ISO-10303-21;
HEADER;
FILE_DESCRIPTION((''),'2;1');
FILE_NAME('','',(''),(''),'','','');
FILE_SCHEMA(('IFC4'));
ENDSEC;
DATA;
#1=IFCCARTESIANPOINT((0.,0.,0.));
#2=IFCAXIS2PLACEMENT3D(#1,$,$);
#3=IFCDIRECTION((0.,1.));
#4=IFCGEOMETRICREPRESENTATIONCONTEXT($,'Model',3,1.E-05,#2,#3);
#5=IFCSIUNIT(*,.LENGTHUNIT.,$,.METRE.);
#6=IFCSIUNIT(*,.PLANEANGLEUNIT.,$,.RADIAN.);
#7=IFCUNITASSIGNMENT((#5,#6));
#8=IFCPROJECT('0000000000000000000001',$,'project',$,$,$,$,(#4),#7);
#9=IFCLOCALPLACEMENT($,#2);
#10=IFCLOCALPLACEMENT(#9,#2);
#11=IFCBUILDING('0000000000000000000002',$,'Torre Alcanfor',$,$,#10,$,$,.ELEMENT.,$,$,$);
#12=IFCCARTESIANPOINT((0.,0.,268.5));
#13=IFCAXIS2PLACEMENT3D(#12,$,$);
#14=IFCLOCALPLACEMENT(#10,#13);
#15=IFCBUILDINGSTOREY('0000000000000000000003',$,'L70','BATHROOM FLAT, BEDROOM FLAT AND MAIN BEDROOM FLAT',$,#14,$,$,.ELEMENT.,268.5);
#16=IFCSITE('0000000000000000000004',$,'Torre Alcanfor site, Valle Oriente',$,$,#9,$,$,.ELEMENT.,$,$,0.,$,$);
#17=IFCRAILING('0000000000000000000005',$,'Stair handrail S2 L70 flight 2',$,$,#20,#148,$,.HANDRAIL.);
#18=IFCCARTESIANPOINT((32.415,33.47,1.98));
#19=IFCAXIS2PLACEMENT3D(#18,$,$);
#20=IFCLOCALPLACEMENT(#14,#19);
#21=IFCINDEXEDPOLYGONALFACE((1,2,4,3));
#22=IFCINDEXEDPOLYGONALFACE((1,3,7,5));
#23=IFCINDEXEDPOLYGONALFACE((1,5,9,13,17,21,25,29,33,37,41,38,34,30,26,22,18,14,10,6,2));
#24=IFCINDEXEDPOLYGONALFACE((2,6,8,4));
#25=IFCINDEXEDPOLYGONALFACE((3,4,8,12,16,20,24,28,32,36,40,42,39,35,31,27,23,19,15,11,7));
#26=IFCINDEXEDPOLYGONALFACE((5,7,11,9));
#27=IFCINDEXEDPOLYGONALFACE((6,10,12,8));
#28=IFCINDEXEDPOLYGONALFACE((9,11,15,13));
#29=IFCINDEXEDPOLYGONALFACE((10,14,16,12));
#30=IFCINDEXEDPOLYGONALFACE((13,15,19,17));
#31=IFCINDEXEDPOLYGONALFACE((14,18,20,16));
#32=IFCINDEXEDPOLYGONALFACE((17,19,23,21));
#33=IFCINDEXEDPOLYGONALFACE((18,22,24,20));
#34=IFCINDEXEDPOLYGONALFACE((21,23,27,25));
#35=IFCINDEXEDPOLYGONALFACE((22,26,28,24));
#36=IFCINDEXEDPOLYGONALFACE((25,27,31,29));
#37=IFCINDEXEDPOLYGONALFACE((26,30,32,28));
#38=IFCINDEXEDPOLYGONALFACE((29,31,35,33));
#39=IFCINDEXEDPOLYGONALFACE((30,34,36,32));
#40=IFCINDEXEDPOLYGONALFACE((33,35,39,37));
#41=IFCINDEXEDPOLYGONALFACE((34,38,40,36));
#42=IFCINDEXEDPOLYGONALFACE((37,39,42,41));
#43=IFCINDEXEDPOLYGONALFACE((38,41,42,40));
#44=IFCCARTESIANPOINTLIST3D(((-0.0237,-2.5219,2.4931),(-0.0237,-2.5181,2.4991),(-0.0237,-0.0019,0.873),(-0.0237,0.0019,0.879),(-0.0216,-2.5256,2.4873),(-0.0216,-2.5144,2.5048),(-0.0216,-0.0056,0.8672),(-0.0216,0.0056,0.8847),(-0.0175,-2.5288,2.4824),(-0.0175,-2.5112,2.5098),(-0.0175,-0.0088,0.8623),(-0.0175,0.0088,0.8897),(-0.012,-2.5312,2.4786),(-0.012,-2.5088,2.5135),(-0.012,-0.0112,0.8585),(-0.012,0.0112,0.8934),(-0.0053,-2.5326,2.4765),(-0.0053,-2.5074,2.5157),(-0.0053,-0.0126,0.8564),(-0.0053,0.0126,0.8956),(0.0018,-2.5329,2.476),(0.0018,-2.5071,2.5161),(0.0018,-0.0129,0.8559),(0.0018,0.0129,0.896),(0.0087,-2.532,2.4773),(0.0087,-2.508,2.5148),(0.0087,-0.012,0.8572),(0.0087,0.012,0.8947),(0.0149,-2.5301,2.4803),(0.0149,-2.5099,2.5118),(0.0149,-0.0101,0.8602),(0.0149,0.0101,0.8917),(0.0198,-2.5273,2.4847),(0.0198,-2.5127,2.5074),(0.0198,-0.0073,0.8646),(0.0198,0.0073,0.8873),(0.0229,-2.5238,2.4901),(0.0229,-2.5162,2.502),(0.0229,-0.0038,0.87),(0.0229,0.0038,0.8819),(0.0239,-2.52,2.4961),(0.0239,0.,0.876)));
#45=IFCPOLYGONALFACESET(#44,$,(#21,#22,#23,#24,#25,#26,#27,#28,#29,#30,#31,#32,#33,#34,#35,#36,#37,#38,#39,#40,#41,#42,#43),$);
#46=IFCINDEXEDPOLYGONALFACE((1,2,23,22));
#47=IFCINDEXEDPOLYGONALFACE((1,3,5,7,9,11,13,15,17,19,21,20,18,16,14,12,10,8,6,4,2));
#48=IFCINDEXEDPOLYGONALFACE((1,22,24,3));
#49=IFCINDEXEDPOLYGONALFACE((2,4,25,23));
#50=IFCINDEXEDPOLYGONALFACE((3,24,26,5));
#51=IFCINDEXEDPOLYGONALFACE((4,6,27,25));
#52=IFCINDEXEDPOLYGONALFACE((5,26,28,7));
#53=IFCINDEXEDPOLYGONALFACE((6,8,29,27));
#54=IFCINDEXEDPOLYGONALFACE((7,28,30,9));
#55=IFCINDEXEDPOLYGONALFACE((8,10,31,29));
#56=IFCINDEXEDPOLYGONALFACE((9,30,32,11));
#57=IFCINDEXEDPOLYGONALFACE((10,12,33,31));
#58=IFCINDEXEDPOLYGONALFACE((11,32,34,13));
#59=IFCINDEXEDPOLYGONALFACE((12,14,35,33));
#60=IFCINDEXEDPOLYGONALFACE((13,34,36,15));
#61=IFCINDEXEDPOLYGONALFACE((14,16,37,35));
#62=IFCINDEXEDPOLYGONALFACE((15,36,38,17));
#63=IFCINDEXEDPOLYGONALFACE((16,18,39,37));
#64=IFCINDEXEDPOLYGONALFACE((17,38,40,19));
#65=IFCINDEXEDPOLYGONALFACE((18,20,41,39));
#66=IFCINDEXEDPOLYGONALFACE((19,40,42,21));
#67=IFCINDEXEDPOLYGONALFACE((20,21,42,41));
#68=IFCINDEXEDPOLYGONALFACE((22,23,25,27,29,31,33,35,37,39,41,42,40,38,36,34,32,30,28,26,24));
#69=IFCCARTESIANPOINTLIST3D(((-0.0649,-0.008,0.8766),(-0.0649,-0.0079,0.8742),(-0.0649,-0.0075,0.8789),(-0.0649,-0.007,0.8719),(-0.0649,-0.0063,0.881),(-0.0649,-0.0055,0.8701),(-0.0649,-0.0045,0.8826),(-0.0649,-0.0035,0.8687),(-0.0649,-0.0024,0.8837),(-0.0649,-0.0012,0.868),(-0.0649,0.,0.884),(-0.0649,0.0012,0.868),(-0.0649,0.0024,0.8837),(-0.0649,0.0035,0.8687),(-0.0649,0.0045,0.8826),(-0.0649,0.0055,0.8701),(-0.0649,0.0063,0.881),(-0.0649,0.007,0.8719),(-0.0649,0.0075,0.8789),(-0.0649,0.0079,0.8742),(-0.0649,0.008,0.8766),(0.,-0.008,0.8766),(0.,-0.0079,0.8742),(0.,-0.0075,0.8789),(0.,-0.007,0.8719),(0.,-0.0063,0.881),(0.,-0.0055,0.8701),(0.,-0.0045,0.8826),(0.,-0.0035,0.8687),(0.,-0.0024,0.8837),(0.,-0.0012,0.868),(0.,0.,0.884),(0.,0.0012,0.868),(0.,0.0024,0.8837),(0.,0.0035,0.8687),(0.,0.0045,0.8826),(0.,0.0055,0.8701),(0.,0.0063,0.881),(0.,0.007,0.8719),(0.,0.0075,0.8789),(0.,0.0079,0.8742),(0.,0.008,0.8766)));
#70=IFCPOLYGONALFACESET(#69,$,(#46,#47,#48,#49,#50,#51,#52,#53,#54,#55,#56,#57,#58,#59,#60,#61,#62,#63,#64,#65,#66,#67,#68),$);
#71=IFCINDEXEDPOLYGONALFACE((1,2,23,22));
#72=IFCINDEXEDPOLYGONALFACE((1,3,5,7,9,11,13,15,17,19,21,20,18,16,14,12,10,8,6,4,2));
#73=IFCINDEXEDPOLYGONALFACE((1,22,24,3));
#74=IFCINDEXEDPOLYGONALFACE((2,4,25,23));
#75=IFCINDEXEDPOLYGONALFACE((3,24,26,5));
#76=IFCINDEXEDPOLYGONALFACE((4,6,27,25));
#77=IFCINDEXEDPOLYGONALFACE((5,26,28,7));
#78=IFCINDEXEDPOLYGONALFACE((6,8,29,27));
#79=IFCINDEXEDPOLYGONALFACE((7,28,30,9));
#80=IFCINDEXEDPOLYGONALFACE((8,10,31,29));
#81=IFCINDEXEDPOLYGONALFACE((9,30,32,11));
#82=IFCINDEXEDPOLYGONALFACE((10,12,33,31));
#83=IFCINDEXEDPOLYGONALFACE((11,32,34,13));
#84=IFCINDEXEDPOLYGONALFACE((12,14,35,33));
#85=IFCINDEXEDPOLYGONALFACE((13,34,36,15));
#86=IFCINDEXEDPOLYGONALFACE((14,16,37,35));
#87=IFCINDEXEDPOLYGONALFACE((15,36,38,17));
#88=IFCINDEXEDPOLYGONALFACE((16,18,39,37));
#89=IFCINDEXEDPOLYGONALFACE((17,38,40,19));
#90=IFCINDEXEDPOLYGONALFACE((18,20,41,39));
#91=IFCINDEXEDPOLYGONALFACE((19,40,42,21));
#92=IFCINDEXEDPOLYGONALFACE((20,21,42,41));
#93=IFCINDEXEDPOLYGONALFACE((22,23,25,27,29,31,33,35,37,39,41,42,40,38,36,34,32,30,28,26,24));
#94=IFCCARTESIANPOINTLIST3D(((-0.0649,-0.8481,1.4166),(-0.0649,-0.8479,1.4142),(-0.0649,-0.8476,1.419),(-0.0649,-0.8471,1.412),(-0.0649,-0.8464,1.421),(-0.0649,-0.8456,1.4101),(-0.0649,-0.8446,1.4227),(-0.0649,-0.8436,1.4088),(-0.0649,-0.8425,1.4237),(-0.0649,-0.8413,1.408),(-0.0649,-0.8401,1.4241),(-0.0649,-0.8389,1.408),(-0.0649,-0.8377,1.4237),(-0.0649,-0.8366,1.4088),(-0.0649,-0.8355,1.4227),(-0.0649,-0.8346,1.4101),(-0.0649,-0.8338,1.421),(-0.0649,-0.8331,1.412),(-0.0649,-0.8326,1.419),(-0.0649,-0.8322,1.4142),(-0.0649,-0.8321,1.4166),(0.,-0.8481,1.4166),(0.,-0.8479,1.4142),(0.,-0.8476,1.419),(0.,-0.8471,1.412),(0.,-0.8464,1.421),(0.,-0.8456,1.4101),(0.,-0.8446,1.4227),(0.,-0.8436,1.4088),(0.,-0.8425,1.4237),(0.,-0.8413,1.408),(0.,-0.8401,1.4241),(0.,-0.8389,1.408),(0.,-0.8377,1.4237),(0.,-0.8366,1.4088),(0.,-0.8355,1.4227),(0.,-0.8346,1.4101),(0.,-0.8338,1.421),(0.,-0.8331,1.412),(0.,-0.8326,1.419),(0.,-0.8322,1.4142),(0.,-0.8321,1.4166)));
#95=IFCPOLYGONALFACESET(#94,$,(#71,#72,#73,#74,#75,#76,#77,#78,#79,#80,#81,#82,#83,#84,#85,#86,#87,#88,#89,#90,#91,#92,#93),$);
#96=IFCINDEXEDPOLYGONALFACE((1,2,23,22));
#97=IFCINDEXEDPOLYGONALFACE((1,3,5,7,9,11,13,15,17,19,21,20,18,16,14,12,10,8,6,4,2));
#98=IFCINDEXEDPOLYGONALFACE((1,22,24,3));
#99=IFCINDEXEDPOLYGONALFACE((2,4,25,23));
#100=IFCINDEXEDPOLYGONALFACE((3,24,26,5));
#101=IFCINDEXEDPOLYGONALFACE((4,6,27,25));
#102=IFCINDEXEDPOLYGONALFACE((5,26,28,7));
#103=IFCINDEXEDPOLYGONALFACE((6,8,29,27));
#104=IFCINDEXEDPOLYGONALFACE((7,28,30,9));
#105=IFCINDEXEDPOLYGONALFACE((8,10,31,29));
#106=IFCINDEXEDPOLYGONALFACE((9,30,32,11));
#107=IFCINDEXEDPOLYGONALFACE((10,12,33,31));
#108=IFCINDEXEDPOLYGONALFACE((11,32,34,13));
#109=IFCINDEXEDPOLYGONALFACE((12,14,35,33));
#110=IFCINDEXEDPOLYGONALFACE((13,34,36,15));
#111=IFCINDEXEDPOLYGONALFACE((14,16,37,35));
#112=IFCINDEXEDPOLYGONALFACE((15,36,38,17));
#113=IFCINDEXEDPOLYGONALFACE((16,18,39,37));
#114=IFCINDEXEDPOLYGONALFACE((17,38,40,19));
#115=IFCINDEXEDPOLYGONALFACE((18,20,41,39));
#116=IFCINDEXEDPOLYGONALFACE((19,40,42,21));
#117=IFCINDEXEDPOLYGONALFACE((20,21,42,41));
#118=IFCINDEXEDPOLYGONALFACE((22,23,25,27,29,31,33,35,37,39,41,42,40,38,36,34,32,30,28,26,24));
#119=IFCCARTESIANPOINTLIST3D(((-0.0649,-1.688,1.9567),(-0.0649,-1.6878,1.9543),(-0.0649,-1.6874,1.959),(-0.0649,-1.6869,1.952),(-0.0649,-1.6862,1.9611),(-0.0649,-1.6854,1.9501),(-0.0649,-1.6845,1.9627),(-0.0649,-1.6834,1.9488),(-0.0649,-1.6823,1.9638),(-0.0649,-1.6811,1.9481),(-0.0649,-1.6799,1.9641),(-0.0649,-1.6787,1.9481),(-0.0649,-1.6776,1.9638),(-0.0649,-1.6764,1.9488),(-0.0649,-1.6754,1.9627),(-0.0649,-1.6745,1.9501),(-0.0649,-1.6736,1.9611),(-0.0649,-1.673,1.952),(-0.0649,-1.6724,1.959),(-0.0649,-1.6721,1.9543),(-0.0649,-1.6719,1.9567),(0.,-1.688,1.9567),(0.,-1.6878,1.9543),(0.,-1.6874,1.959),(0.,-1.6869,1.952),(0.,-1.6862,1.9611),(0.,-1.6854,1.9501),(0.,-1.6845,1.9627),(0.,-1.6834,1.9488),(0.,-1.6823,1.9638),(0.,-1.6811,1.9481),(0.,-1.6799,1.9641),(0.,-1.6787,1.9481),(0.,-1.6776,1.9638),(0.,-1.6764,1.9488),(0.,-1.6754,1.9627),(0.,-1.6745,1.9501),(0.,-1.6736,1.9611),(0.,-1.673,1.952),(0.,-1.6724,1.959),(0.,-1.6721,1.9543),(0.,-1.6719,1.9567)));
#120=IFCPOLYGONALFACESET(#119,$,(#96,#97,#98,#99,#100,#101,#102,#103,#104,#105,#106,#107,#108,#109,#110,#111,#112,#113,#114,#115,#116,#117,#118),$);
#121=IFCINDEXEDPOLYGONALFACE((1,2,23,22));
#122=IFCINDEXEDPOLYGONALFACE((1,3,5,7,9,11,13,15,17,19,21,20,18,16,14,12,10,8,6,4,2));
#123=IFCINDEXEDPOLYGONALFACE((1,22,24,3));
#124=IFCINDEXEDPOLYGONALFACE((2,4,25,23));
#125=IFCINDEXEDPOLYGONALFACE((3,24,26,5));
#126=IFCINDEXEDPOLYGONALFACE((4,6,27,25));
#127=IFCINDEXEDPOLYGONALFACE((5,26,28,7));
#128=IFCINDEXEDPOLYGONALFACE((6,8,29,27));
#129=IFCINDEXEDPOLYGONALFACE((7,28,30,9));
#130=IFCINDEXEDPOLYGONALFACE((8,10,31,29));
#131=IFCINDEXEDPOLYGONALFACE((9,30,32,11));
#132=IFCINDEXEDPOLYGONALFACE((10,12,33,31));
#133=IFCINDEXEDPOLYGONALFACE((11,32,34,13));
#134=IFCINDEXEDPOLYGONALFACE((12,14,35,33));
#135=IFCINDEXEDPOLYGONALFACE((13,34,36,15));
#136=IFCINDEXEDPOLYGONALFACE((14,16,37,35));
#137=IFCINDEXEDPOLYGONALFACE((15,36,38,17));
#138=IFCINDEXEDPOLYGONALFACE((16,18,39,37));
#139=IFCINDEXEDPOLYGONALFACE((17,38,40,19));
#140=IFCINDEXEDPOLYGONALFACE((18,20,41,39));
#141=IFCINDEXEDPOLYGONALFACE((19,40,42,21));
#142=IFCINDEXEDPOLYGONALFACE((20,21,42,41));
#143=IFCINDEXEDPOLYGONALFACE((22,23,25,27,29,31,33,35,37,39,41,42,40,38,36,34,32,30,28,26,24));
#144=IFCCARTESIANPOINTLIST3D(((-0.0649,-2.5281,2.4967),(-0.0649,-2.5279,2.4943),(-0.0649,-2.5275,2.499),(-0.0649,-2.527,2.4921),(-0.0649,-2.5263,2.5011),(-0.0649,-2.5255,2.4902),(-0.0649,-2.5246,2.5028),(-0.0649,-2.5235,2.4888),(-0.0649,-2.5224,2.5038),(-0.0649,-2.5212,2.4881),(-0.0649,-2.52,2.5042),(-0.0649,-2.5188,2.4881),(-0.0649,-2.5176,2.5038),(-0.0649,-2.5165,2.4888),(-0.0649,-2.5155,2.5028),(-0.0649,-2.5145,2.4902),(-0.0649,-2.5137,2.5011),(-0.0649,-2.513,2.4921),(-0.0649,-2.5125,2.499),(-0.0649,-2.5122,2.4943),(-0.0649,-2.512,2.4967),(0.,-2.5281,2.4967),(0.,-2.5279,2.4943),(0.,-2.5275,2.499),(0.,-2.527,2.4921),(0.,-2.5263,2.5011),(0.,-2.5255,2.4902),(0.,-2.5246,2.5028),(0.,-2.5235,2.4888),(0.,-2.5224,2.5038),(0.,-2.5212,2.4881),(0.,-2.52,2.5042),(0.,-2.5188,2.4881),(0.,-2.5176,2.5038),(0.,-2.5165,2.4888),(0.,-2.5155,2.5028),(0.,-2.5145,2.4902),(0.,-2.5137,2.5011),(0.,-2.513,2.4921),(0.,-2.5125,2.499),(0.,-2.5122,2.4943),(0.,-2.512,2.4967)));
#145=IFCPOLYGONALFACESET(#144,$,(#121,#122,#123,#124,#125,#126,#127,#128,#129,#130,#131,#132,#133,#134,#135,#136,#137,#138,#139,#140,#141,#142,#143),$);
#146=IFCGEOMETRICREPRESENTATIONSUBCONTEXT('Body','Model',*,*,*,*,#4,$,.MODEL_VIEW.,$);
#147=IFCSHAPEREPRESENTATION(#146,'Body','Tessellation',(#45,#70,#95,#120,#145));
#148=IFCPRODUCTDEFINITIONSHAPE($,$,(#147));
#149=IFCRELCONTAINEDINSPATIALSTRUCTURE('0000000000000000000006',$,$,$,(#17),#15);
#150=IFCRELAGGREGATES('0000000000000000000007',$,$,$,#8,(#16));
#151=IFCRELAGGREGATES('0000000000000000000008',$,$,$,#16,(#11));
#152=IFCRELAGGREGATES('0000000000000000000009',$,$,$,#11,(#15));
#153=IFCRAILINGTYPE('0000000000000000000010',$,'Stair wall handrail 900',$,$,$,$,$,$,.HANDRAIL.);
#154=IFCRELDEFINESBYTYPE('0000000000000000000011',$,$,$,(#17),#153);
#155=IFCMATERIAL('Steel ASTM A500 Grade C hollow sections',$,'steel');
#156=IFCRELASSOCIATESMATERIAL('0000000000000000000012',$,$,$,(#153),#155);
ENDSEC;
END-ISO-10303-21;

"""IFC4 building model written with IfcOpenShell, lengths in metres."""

from ifc_helpers import new_model, si_unit, direction, frame, origin, origin_2d, place, context, subcontext, project, spatial, circle, extrude, material, type_object, element, save


model = new_model("IFC4")

# Units and contexts
model_context = context("Model", 3, precision=1e-05, world=origin(), true_north=direction((0.0, 1.0)))
body_context = subcontext(model_context, "Body", "Model", "MODEL_VIEW")
ifc_project = project(units=[si_unit("LENGTHUNIT", "METRE"), si_unit("PLANEANGLEUNIT", "RADIAN")], contexts=[model_context])

# Site, building, storey
site_placement = place(None, origin())
site = spatial("IfcSite", under=ifc_project, at=site_placement, Name="Torre Alcanfor site, Valle Oriente", CompositionType="ELEMENT", RefElevation=0.0)
building_placement = place(site_placement, origin())
building = spatial("IfcBuilding", under=site, at=building_placement, Name="Torre Alcanfor", CompositionType="ELEMENT")
storey_placement = place(building_placement, frame((0.0, 0.0, 268.5)))
storey = spatial("IfcBuildingStorey", under=building, at=storey_placement, Name="L70", Description="BATHROOM FLAT, BEDROOM FLAT AND MAIN BEDROOM FLAT", CompositionType="ELEMENT", Elevation=268.5)

# Railing
ifc_material_1 = material(Name="Steel ASTM A500 Grade C hollow sections", Category="steel")
railing_type_1 = type_object("IfcRailingType", Name="Stair wall handrail 900", PredefinedType="HANDRAIL", material=ifc_material_1)
railing_1_placement = place(storey_placement, frame((32.415, 33.47, 1.98)))
element("IfcRailing", 1, at=railing_1_placement, inside=storey, type_object=railing_type_1, Name="Stair handrail S2 L70 flight 2", PredefinedType="HANDRAIL", context=body_context, shape_type="SweptSolid", body=[
    extrude(circle(Radius=0.0239, at=origin_2d()), frame((0.0, 0.0, 0.876), z_axis=(0.0, -0.841163, 0.540782), x_axis=(1.0, 0.0, 0.0)), (0.0, 0.0, 1.0), 2.9958),
    extrude(circle(Radius=0.0081, at=origin_2d()), frame((0.0, 0.0, 0.876), z_axis=(-1.0, 0.0, 0.0), x_axis=(0.0, 0.0, 1.0)), (0.0, 0.0, 1.0), 0.0649),
    extrude(circle(Radius=0.0081, at=origin_2d()), frame((0.0, -0.8401, 1.416), z_axis=(-1.0, 0.0, 0.0), x_axis=(0.0, 0.0, 1.0)), (0.0, 0.0, 1.0), 0.0649),
    extrude(circle(Radius=0.0081, at=origin_2d()), frame((0.0, -1.6799, 1.9561), z_axis=(-1.0, 0.0, 0.0), x_axis=(0.0, 0.0, 1.0)), (0.0, 0.0, 1.0), 0.0649),
    extrude(circle(Radius=0.0081, at=origin_2d()), frame((0.0, -2.52, 2.4961), z_axis=(-1.0, 0.0, 0.0), x_axis=(0.0, 0.0, 1.0)), (0.0, 0.0, 1.0), 0.0649),
])

save(model, "model.ifc")
